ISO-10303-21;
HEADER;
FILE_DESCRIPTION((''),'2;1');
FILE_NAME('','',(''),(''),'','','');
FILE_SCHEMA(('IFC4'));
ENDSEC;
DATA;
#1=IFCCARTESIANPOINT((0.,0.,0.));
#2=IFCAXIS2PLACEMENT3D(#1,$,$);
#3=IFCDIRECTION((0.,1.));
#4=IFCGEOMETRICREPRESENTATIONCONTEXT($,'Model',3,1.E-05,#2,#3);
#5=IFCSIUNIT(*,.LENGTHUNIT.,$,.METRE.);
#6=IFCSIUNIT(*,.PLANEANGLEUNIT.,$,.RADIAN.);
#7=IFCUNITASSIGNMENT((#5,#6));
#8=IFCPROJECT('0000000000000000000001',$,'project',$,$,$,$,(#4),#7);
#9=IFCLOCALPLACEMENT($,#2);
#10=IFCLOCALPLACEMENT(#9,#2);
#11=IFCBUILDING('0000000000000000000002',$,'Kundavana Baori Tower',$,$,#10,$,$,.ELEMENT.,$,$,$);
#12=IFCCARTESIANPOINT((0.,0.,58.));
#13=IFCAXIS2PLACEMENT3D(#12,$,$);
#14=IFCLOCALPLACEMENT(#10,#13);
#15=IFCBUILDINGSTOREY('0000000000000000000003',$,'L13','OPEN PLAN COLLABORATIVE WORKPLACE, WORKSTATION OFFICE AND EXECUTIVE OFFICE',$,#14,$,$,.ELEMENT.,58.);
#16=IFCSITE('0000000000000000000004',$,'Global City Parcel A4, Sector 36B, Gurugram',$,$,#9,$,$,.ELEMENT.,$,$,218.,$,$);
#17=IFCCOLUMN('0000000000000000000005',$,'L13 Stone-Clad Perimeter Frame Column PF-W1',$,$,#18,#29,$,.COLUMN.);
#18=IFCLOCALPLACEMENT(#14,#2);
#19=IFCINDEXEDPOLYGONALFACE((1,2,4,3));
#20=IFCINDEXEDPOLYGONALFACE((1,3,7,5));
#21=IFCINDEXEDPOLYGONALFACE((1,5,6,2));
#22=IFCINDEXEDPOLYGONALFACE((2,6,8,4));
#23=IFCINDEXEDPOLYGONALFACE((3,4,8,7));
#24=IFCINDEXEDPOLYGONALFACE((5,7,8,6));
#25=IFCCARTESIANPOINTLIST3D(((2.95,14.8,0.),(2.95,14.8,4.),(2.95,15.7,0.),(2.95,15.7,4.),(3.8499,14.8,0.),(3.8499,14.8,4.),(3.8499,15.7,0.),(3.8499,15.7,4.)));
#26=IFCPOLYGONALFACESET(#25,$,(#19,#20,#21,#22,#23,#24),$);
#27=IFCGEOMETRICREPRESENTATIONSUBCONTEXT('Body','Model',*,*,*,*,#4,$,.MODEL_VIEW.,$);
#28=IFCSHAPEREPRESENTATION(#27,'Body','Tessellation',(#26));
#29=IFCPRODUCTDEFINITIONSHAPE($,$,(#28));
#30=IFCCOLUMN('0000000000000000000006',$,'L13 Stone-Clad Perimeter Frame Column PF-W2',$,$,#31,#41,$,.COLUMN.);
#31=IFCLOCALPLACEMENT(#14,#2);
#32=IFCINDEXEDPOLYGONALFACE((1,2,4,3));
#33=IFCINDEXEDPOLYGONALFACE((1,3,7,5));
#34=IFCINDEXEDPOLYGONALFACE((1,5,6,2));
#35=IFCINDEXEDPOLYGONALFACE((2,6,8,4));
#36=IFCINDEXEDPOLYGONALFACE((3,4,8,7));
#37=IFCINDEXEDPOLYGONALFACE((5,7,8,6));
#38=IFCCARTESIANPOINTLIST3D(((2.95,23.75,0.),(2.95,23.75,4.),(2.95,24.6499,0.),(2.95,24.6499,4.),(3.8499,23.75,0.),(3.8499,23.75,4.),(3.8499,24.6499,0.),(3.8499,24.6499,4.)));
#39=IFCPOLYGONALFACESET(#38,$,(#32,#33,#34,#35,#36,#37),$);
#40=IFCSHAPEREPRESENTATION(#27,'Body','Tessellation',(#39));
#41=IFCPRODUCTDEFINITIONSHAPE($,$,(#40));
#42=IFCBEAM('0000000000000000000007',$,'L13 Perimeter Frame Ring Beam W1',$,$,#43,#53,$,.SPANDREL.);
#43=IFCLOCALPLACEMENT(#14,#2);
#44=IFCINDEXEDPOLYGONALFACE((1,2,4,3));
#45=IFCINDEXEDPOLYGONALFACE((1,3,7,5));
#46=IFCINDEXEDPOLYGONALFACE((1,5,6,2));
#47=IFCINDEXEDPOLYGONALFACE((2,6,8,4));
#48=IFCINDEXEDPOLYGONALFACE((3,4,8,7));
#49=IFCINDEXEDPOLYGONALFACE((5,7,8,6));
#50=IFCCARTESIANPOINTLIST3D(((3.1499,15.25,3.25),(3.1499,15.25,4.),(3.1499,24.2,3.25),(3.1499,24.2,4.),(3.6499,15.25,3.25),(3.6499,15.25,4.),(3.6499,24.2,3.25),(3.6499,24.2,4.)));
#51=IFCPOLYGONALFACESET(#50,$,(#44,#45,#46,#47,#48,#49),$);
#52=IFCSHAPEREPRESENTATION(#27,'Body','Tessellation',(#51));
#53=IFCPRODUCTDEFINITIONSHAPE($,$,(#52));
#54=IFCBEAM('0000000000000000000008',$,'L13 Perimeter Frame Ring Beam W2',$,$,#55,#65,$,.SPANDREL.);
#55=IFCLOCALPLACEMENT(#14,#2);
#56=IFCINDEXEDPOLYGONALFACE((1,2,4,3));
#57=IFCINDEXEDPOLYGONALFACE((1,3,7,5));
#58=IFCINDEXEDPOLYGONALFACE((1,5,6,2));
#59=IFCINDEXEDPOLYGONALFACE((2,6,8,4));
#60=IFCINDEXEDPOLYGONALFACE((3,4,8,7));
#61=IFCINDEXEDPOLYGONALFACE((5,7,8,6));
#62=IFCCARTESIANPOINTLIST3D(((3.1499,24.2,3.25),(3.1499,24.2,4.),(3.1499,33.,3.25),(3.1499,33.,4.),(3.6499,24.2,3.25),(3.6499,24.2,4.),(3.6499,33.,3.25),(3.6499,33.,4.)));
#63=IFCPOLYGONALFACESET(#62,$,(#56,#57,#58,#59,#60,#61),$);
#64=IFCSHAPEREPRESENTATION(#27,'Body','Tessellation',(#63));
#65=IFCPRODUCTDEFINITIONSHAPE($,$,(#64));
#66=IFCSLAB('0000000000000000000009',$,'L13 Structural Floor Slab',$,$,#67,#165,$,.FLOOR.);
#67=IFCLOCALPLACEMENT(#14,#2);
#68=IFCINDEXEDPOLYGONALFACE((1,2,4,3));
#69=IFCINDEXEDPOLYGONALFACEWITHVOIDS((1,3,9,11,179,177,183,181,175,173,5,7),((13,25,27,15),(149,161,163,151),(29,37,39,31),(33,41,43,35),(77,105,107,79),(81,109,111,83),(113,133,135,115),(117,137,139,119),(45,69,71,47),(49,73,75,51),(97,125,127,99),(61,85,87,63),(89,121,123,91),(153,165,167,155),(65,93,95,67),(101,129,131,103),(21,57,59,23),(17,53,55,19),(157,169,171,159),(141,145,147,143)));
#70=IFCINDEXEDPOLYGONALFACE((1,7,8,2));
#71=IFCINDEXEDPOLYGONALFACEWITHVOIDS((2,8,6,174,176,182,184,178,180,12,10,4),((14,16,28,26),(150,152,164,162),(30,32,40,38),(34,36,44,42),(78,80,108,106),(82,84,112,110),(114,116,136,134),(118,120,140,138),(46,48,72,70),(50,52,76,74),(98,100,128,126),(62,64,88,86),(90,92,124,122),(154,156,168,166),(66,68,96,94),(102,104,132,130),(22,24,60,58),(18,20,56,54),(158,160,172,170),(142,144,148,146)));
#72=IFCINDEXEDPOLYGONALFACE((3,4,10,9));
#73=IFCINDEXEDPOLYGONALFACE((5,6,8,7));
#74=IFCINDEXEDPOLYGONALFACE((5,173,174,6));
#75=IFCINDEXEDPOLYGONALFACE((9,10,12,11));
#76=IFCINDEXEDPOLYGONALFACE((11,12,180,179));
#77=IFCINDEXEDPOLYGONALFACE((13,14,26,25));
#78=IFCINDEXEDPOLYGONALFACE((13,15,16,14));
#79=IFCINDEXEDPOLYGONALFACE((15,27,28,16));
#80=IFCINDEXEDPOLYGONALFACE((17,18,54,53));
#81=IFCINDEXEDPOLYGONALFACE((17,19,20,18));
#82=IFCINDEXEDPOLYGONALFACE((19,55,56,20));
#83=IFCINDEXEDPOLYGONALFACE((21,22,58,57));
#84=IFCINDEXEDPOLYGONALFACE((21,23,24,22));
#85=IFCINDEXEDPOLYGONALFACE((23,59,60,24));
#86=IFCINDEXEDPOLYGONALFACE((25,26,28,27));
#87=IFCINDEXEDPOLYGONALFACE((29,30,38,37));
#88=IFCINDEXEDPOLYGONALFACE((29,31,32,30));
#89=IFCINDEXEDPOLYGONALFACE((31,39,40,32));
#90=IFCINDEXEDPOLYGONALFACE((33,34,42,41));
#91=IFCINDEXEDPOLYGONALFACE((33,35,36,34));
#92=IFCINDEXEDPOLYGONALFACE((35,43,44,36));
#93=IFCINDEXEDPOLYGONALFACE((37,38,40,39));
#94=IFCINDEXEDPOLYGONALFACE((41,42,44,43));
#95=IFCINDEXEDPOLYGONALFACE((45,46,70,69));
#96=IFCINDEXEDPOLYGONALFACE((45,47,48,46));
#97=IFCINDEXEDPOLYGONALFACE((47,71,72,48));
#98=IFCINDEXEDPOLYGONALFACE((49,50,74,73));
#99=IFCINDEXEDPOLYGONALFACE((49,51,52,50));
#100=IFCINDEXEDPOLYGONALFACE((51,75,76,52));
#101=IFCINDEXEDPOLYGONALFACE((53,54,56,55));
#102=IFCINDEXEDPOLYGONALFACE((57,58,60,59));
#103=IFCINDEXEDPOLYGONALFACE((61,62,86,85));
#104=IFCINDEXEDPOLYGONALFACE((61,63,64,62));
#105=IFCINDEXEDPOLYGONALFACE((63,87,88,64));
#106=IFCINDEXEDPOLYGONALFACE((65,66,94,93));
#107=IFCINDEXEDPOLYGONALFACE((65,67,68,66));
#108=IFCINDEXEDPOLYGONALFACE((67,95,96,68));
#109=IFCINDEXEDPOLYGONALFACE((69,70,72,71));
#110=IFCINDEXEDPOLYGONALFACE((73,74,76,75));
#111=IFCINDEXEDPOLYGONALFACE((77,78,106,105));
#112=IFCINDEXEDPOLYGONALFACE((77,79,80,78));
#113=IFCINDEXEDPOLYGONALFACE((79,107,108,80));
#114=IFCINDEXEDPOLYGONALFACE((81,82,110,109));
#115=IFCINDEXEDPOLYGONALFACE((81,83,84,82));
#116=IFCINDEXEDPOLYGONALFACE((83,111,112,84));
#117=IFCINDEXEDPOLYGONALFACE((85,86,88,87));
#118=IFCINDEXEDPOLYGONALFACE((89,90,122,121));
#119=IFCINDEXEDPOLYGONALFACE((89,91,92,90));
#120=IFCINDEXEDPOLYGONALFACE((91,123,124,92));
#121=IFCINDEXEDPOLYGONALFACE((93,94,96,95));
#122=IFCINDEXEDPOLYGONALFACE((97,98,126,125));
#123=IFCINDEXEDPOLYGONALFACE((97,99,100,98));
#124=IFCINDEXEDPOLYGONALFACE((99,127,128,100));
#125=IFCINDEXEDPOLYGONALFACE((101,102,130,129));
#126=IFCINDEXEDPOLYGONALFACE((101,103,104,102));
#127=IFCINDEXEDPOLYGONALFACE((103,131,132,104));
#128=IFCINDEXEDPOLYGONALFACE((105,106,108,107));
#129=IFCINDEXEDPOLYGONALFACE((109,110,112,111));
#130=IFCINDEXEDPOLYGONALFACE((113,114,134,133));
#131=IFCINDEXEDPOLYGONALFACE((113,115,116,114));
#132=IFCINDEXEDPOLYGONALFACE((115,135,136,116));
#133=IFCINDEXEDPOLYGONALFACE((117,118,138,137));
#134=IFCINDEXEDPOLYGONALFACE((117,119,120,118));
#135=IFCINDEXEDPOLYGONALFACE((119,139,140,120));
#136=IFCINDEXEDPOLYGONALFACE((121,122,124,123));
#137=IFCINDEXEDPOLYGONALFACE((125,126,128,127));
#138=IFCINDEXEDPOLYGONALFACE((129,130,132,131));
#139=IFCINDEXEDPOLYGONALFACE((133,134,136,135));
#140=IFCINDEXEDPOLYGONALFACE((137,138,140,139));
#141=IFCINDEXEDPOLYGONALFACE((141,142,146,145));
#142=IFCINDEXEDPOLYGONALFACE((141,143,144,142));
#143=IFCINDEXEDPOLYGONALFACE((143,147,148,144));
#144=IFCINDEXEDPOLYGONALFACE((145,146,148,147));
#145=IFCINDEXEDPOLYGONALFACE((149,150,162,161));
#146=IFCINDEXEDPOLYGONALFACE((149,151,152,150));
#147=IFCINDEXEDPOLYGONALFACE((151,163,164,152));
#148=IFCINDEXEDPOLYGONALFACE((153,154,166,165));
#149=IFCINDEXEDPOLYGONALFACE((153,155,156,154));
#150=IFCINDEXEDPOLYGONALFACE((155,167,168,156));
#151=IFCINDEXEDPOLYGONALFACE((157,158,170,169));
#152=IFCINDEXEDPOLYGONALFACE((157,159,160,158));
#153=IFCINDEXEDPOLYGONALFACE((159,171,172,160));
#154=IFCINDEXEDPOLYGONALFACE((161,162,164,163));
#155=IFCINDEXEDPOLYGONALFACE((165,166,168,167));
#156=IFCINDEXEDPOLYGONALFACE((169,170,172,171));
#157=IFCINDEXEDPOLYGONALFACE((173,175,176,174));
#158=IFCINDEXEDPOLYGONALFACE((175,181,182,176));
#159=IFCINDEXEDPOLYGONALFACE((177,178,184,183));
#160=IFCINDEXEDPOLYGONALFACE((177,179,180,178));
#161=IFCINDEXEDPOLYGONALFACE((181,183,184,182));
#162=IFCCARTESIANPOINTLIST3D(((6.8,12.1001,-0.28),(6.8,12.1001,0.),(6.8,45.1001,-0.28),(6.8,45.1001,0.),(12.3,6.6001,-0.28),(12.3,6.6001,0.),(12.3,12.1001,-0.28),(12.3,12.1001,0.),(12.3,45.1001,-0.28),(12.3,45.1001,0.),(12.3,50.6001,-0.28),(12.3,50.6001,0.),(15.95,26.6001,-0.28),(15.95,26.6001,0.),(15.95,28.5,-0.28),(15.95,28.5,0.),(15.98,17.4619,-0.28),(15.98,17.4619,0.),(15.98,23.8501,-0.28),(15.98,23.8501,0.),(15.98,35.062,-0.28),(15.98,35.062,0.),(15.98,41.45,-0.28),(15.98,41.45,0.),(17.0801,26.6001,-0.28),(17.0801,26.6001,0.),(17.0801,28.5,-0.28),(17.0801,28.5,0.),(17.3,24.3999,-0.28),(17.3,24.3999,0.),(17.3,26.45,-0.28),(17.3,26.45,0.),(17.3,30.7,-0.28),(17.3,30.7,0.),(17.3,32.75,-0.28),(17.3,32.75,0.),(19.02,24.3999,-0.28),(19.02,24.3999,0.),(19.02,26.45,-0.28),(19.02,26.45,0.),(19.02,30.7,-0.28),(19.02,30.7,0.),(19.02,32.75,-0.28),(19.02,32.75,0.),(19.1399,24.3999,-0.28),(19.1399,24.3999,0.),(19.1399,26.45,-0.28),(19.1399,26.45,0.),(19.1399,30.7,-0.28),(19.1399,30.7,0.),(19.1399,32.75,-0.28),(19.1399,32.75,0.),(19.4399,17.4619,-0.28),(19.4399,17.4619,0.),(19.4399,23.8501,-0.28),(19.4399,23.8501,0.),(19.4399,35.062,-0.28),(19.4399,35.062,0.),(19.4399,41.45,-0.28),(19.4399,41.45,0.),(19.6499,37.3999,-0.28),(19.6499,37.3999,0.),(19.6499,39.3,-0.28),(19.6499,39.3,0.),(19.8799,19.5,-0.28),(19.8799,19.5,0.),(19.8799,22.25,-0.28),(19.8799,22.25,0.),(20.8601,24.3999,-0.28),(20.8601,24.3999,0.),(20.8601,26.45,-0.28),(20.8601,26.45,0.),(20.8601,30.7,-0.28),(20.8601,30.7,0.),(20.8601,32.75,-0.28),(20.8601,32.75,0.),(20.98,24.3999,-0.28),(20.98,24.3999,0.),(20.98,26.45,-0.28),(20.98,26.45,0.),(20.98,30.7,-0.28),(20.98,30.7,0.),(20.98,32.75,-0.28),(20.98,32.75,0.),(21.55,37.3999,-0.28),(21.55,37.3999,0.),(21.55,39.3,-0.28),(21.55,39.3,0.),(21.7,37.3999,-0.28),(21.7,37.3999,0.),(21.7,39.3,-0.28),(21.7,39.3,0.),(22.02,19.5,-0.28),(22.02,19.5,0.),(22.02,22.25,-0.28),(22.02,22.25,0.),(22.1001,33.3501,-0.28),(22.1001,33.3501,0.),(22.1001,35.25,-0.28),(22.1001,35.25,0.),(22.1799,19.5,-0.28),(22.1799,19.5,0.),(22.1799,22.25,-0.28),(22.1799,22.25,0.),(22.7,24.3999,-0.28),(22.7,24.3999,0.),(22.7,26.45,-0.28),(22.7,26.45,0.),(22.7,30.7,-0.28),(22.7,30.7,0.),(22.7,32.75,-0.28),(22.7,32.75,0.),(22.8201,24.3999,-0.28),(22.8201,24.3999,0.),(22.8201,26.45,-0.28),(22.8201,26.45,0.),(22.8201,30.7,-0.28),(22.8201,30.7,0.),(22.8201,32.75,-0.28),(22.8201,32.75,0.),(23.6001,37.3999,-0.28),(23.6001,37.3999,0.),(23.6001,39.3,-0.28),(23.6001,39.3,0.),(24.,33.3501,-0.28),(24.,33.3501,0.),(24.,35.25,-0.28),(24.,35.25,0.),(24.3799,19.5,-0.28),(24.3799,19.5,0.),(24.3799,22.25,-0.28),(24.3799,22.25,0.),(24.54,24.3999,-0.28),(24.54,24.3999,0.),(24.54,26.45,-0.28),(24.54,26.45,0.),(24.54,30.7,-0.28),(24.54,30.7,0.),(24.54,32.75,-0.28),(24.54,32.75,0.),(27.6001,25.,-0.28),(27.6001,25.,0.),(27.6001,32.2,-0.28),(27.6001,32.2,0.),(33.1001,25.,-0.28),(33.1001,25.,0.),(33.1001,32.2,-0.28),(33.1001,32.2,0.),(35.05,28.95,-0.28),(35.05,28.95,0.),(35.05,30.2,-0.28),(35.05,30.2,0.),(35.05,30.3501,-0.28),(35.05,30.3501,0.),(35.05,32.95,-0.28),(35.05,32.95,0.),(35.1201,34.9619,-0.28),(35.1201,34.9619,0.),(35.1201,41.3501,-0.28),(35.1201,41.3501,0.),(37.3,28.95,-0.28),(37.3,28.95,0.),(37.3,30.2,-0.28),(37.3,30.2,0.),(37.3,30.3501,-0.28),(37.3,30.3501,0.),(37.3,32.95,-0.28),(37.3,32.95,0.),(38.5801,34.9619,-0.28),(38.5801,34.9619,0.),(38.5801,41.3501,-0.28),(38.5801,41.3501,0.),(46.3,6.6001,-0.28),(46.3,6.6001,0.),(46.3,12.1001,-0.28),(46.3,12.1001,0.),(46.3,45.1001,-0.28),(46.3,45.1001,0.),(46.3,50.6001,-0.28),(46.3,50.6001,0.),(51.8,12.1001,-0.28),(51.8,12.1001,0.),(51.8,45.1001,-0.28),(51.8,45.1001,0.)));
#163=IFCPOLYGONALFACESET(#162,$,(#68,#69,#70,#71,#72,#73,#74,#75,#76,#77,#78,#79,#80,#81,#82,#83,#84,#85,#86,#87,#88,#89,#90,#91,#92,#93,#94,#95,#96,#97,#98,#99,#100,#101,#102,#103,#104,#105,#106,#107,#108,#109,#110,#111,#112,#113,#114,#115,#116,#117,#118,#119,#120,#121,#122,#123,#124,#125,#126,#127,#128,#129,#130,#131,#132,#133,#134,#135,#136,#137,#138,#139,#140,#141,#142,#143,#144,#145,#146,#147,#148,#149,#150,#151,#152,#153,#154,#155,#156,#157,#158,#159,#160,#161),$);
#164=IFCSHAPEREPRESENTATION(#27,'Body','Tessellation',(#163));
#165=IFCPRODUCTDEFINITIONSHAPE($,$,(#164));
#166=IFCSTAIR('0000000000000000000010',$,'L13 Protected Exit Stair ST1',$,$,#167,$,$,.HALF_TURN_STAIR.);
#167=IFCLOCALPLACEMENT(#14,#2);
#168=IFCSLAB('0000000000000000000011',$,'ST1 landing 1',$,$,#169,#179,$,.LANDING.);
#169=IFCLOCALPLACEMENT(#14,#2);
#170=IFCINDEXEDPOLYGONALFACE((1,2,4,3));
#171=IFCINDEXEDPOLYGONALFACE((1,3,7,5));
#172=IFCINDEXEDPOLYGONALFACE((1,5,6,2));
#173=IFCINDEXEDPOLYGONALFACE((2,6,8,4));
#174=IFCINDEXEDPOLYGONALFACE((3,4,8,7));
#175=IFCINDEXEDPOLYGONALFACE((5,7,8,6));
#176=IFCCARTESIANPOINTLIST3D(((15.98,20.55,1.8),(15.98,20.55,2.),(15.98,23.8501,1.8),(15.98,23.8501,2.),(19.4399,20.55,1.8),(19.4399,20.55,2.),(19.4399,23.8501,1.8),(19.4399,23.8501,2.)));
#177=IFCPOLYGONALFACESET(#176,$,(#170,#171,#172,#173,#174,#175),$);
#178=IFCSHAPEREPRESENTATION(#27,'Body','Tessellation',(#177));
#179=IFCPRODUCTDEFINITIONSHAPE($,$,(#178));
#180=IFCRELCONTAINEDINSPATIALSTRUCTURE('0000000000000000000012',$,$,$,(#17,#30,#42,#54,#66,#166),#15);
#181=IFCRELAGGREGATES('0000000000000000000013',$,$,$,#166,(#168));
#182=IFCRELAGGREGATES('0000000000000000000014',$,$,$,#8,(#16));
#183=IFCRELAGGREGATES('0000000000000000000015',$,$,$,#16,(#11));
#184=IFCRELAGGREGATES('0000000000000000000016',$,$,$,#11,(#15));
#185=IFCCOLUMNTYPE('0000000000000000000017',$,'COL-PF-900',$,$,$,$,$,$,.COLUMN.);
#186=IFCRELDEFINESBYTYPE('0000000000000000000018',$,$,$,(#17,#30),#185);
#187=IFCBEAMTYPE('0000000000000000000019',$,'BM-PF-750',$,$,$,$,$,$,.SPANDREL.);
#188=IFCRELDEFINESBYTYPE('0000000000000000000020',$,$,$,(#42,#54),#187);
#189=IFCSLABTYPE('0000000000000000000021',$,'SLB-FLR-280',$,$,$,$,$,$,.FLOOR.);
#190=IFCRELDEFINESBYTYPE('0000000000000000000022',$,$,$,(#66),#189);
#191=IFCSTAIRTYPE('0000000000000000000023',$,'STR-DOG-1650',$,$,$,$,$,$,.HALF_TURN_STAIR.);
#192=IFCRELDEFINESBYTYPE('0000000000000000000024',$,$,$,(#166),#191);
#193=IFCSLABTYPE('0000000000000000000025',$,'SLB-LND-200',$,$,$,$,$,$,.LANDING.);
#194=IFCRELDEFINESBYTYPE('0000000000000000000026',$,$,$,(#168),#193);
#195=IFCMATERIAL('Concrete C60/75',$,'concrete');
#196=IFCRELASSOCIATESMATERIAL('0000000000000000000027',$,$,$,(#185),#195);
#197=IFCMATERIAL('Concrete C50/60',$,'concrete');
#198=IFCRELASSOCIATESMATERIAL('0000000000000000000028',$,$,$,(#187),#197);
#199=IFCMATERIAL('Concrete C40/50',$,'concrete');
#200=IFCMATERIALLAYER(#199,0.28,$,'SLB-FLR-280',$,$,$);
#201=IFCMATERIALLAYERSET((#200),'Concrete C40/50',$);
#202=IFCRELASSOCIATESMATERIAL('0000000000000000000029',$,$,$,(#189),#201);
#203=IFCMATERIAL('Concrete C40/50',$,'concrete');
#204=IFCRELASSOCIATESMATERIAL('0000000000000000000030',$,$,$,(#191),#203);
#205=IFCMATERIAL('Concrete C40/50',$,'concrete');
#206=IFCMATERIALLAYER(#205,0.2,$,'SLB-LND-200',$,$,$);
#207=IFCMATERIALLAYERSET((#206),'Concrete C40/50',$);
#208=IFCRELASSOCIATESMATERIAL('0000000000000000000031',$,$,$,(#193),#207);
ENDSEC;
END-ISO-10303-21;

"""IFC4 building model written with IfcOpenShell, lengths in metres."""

from ifc_helpers import new_model, si_unit, direction, frame, origin, origin_2d, place, context, subcontext, project, spatial, polyline, rectangle, outline, extrude, material, layer, layer_set, material_profile, profile_set, type_object, element, aggregate, save


model = new_model("IFC4")

# Units and contexts
model_context = context("Model", 3, precision=1e-05, world=origin(), true_north=direction((0.0, 1.0)))
body_context = subcontext(model_context, "Body", "Model", "MODEL_VIEW")
ifc_project = project(units=[si_unit("LENGTHUNIT", "METRE"), si_unit("PLANEANGLEUNIT", "RADIAN")], contexts=[model_context])

# Site, building, storey
site_placement = place(None, origin())
site = spatial("IfcSite", under=ifc_project, at=site_placement, Name="Global City Parcel A4, Sector 36B, Gurugram", CompositionType="ELEMENT", RefElevation=218.0)
building_placement = place(site_placement, origin())
building = spatial("IfcBuilding", under=site, at=building_placement, Name="Kundavana Baori Tower", CompositionType="ELEMENT")
storey_placement = place(building_placement, frame((0.0, 0.0, 58.0)))
storey = spatial("IfcBuildingStorey", under=building, at=storey_placement, Name="L13", Description="OPEN PLAN COLLABORATIVE WORKPLACE, WORKSTATION OFFICE AND EXECUTIVE OFFICE", CompositionType="ELEMENT", Elevation=58.0)

# Columns
ifc_material_1 = material(Name="Concrete C60/75", Category="concrete")
ifc_material_profile_1 = material_profile(ifc_material_1, rectangle(XDim=0.8999, YDim=0.8999, at=origin_2d()), Name="RC PF 900x900")
ifc_profile_set_1 = profile_set([ifc_material_profile_1], Name="Concrete C60/75")
column_type = type_object("IfcColumnType", Name="COL-PF-900", PredefinedType="COLUMN", material=ifc_profile_set_1)
for number, where, z_axis, x_axis, name in (
    (1, (3.3999, 15.25, 0.0), (0.0, 0.0, 1.0), (1.0, 0.0, 0.0), "L13 Stone-Clad Perimeter Frame Column PF-W1"),
    (2, (3.3999, 24.2, 0.0), (0.0, 0.0, 1.0), (1.0, 0.0, 0.0), "L13 Stone-Clad Perimeter Frame Column PF-W2"),
):
    element("IfcColumn", number, at=place(storey_placement, frame(where, z_axis=z_axis, x_axis=x_axis)), inside=storey, type_object=column_type, Name=name, PredefinedType="COLUMN", context=body_context, shape_type="SweptSolid", body=[
        extrude(rectangle(XDim=0.8999, YDim=0.8999, at=origin_2d()), origin(), (0.0, 0.0, 1.0), 4.0),
    ])

# Beams
ifc_material_2 = material(Name="Concrete C50/60", Category="concrete")
ifc_material_profile_2 = material_profile(ifc_material_2, rectangle(XDim=0.5, YDim=0.75, at=origin_2d()), Name="RC BM 500x750")
ifc_profile_set_2 = profile_set([ifc_material_profile_2], Name="Concrete C50/60")
beam_type = type_object("IfcBeamType", Name="BM-PF-750", PredefinedType="SPANDREL", material=ifc_profile_set_2)
beam_1_placement = place(storey_placement, frame((3.3999, 15.25, 3.625), z_axis=(0.0, 1.0, 0.0), x_axis=(-1.0, 0.0, 0.0)))
element("IfcBeam", 3, at=beam_1_placement, inside=storey, type_object=beam_type, Name="L13 Perimeter Frame Ring Beam W1", PredefinedType="SPANDREL", context=body_context, shape_type="SweptSolid", body=[
    extrude(rectangle(XDim=0.5, YDim=0.75, at=origin_2d()), origin(), (0.0, 0.0, 1.0), 8.95),
])
beam_2_placement = place(storey_placement, frame((3.3999, 24.2, 3.625), z_axis=(0.0, 1.0, 0.0), x_axis=(-1.0, 0.0, 0.0)))
element("IfcBeam", 4, at=beam_2_placement, inside=storey, type_object=beam_type, Name="L13 Perimeter Frame Ring Beam W2", PredefinedType="SPANDREL", context=body_context, shape_type="SweptSolid", body=[
    extrude(rectangle(XDim=0.5, YDim=0.75, at=origin_2d()), origin(), (0.0, 0.0, 1.0), 8.8),
])

# Slab
ifc_material_3 = material(Name="Concrete C40/50", Category="concrete")
ifc_layer_1 = layer(ifc_material_3, 0.28, Name="SLB-FLR-280")
ifc_layer_set_1 = layer_set([ifc_layer_1], Name="Concrete C40/50")
slab_type_1 = type_object("IfcSlabType", Name="SLB-FLR-280", PredefinedType="FLOOR", material=ifc_layer_set_1)
slab_1_placement = place(storey_placement, frame((0.0, 0.0, -0.28)))
element("IfcSlab", 5, at=slab_1_placement, inside=storey, type_object=slab_type_1, Name="L13 Structural Floor Slab", PredefinedType="FLOOR", context=body_context, shape_type="SweptSolid", body=[
    extrude(outline(polyline([(12.3, 6.6001), (46.3, 6.6001), (46.3, 12.1001), (51.8, 12.1001), (51.8, 45.1001), (46.3, 45.1001), (46.3, 50.6001), (12.3, 50.6001), (12.3, 45.1001), (6.8, 45.1001), (6.8, 12.1001), (12.3, 12.1001), (12.3, 6.6001)]), holes=[polyline([(19.4399, 17.4619), (19.4399, 23.8501), (15.98, 23.8501), (15.98, 17.4619), (19.4399, 17.4619)]), polyline([(19.4399, 35.062), (19.4399, 41.45), (15.98, 41.45), (15.98, 35.062), (19.4399, 35.062)]), polyline([(38.5801, 34.9619), (38.5801, 41.3501), (35.1201, 41.3501), (35.1201, 34.9619), (38.5801, 34.9619)]), polyline([(17.3, 24.3999), (19.02, 24.3999), (19.02, 26.45), (17.3, 26.45), (17.3, 24.3999)]), polyline([(19.1399, 24.3999), (20.8601, 24.3999), (20.8601, 26.45), (19.1399, 26.45), (19.1399, 24.3999)]), polyline([(20.98, 24.3999), (22.7, 24.3999), (22.7, 26.45), (20.98, 26.45), (20.98, 24.3999)]), polyline([(22.8201, 24.3999), (24.54, 24.3999), (24.54, 26.45), (22.8201, 26.45), (22.8201, 24.3999)]), polyline([(17.3, 30.7), (19.02, 30.7), (19.02, 32.75), (17.3, 32.75), (17.3, 30.7)]), polyline([(19.1399, 30.7), (20.8601, 30.7), (20.8601, 32.75), (19.1399, 32.75), (19.1399, 30.7)]), polyline([(20.98, 30.7), (22.7, 30.7), (22.7, 32.75), (20.98, 32.75), (20.98, 30.7)]), polyline([(22.8201, 30.7), (24.54, 30.7), (24.54, 32.75), (22.8201, 32.75), (22.8201, 30.7)]), polyline([(19.6499, 37.3999), (21.55, 37.3999), (21.55, 39.3), (19.6499, 39.3), (19.6499, 37.3999)]), polyline([(21.7, 37.3999), (23.6001, 37.3999), (23.6001, 39.3), (21.7, 39.3), (21.7, 37.3999)]), polyline([(22.1001, 33.3501), (24.0, 33.3501), (24.0, 35.25), (22.1001, 35.25), (22.1001, 33.3501)]), polyline([(19.8799, 19.5), (22.02, 19.5), (22.02, 22.25), (19.8799, 22.25), (19.8799, 19.5)]), polyline([(22.1799, 19.5), (24.3799, 19.5), (24.3799, 22.25), (22.1799, 22.25), (22.1799, 19.5)]), polyline([(35.05, 30.3501), (37.3, 30.3501), (37.3, 32.95), (35.05, 32.95), (35.05, 30.3501)]), polyline([(15.95, 26.6001), (17.0801, 26.6001), (17.0801, 28.5), (15.95, 28.5), (15.95, 26.6001)]), polyline([(35.05, 28.95), (37.3, 28.95), (37.3, 30.2), (35.05, 30.2), (35.05, 28.95)]), polyline([(27.6001, 25.0), (33.1001, 25.0), (33.1001, 32.2), (27.6001, 32.2), (27.6001, 25.0)])]), origin(), (0.0, 0.0, 1.0), 0.28),
])

# Stair, slab
ifc_material_4 = material(Name="Concrete C40/50", Category="concrete")
stair_type = type_object("IfcStairType", Name="STR-DOG-1650", PredefinedType="HALF_TURN_STAIR", material=ifc_material_4)
stair_1_placement = place(storey_placement, origin())
stair_1 = element("IfcStair", 6, at=stair_1_placement, inside=storey, type_object=stair_type, Name="L13 Protected Exit Stair ST1", PredefinedType="HALF_TURN_STAIR")
ifc_material_5 = material(Name="Concrete C40/50", Category="concrete")
ifc_layer_2 = layer(ifc_material_5, 0.2, Name="SLB-LND-200")
ifc_layer_set_2 = layer_set([ifc_layer_2], Name="Concrete C40/50")
slab_type_2 = type_object("IfcSlabType", Name="SLB-LND-200", PredefinedType="LANDING", material=ifc_layer_set_2)
slab_2_placement = place(storey_placement, frame((0.0, 0.0, 1.8)))
slab_2 = element("IfcSlab", 7, at=slab_2_placement, type_object=slab_type_2, Name="ST1 landing 1", PredefinedType="LANDING", context=body_context, shape_type="SweptSolid", body=[
    extrude(outline(polyline([(19.4399, 20.55), (19.4399, 23.8501), (15.98, 23.8501), (15.98, 20.55), (19.4399, 20.55)])), origin(), (0.0, 0.0, 1.0), 0.2),
])
aggregate(stair_1, [slab_2])

save(model, "model.ifc")
